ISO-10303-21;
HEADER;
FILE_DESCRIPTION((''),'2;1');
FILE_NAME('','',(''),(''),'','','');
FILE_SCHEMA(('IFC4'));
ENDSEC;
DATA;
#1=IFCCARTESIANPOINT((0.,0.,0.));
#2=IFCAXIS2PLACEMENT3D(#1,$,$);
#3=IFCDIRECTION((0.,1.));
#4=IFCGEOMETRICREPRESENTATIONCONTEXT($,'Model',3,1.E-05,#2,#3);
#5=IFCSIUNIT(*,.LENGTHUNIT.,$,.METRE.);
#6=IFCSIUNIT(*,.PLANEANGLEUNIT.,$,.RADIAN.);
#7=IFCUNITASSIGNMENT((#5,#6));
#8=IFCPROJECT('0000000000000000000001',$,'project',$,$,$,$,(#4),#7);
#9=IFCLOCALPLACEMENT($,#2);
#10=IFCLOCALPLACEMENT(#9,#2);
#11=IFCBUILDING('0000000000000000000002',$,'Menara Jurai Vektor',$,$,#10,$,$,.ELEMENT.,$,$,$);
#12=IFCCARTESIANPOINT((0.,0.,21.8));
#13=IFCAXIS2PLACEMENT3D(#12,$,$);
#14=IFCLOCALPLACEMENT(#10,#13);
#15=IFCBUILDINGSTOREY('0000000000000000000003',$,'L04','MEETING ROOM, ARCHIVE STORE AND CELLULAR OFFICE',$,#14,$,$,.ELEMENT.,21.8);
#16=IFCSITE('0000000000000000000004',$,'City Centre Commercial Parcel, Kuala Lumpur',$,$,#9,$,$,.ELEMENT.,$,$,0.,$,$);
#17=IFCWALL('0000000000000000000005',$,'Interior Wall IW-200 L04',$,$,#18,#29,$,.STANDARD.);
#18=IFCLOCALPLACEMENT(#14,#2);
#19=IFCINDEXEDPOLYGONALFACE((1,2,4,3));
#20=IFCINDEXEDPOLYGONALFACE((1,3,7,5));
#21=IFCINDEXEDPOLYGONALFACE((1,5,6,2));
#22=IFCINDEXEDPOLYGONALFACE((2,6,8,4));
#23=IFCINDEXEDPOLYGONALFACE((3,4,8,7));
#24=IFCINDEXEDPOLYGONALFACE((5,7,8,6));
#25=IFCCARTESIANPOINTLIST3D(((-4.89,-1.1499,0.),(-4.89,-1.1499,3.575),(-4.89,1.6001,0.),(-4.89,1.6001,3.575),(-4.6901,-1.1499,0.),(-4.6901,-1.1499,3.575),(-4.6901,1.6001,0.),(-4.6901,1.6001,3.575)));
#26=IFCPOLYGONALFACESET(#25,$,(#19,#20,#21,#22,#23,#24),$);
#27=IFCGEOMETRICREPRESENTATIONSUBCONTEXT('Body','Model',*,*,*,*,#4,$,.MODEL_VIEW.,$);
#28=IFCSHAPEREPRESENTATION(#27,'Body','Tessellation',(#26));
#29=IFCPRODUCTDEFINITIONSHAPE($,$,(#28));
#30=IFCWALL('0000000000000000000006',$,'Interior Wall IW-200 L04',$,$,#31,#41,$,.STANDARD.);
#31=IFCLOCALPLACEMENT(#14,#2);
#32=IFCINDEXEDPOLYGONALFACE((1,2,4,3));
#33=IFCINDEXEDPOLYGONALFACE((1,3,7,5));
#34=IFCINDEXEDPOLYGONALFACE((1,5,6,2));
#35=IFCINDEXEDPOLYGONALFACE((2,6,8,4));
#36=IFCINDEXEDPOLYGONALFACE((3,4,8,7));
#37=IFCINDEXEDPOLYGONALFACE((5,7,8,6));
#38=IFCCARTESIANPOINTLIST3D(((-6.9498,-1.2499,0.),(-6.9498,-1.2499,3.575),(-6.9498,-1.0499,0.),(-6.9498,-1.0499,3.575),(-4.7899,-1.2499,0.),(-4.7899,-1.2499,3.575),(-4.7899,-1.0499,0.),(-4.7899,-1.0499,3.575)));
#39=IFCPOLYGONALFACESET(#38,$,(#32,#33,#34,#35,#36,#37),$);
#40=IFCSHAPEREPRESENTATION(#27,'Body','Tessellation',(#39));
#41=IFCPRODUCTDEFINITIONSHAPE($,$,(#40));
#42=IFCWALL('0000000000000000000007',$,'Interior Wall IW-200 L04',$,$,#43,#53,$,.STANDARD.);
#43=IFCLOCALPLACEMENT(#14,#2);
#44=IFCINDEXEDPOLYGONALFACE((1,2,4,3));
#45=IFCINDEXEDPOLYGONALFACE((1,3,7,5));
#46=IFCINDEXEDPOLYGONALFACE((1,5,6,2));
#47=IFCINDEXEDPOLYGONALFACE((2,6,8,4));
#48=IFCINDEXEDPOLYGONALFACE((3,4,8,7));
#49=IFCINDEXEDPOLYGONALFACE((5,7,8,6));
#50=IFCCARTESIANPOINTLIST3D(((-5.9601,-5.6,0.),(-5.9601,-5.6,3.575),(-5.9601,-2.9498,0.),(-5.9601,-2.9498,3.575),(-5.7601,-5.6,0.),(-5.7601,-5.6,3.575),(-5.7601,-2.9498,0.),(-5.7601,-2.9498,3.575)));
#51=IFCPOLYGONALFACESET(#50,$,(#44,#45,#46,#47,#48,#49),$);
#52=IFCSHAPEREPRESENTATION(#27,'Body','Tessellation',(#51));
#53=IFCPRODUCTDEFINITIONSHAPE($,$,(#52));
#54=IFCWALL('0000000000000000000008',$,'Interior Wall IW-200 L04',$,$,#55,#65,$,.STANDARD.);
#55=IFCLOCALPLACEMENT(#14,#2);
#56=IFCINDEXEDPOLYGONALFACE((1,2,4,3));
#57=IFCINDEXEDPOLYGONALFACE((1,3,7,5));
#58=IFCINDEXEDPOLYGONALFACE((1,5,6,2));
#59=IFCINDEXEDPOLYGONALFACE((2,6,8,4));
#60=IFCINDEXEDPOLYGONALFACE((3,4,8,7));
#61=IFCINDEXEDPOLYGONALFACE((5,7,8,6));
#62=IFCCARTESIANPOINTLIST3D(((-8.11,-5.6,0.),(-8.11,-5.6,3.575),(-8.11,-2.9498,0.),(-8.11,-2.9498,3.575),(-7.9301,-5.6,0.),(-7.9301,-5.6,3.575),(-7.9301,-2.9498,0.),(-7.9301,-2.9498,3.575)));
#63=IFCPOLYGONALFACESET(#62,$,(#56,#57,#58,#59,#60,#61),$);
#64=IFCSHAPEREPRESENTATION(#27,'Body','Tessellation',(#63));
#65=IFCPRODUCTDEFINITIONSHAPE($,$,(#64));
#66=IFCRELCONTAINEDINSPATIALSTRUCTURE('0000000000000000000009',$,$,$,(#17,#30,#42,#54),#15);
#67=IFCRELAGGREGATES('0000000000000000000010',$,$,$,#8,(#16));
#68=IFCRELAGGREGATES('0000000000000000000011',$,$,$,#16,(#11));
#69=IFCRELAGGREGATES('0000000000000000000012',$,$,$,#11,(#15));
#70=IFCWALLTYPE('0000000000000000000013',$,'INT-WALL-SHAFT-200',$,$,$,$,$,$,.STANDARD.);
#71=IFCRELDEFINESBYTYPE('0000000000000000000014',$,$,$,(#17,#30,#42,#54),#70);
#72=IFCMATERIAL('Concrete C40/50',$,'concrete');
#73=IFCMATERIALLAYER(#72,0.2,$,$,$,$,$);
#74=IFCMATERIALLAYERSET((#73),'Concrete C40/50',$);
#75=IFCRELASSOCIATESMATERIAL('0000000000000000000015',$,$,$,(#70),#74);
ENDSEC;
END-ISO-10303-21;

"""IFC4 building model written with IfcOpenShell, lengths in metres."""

from ifc_helpers import new_model, si_unit, direction, frame, frame_2d, origin, place, context, subcontext, project, spatial, rectangle, extrude, material, layer, layer_set, type_object, element, save


model = new_model("IFC4")

# Units and contexts
model_context = context("Model", 3, precision=1e-05, world=origin(), true_north=direction((0.0, 1.0)))
body_context = subcontext(model_context, "Body", "Model", "MODEL_VIEW")
ifc_project = project(units=[si_unit("LENGTHUNIT", "METRE"), si_unit("PLANEANGLEUNIT", "RADIAN")], contexts=[model_context])

# Site, building, storey
site_placement = place(None, origin())
site = spatial("IfcSite", under=ifc_project, at=site_placement, Name="City Centre Commercial Parcel, Kuala Lumpur", CompositionType="ELEMENT", RefElevation=0.0)
building_placement = place(site_placement, origin())
building = spatial("IfcBuilding", under=site, at=building_placement, Name="Menara Jurai Vektor", CompositionType="ELEMENT")
storey_placement = place(building_placement, frame((0.0, 0.0, 21.8)))
storey = spatial("IfcBuildingStorey", under=building, at=storey_placement, Name="L04", Description="MEETING ROOM, ARCHIVE STORE AND CELLULAR OFFICE", CompositionType="ELEMENT", Elevation=21.8)

# Shared definitions
ifc_material_1 = material(Name="Concrete C40/50", Category="concrete")
ifc_layer_1 = layer(ifc_material_1, 0.2)
ifc_layer_set_1 = layer_set([ifc_layer_1], Name="Concrete C40/50")
wall_type_1 = type_object("IfcWallType", Name="INT-WALL-SHAFT-200", PredefinedType="STANDARD", material=ifc_layer_set_1)

# Walls
for number, where, z_axis, x_axis, name in (
    (1, (-4.79, -1.1499, 0.0), (0.0, 0.0, 1.0), (0.0, 1.0, 0.0), "Interior Wall IW-200 L04"),
):
    element("IfcWall", number, at=place(storey_placement, frame(where, z_axis=z_axis, x_axis=x_axis)), inside=storey, type_object=wall_type_1, Name=name, PredefinedType="STANDARD", context=body_context, shape_type="SweptSolid", body=[
        extrude(rectangle(XDim=2.75, YDim=0.2, at=frame_2d((1.375, 0.0))), origin(), (0.0, 0.0, 1.0), 3.575),
    ])
wall_1_placement = place(storey_placement, frame((-6.95, -1.1499, 0.0), z_axis=(0.0, 0.0, 1.0), x_axis=(1.0, 0.0, 0.0)))
element("IfcWall", 2, at=wall_1_placement, inside=storey, type_object=wall_type_1, Name="Interior Wall IW-200 L04", PredefinedType="STANDARD", context=body_context, shape_type="SweptSolid", body=[
    extrude(rectangle(XDim=2.1599, YDim=0.2, at=frame_2d((1.0801, 0.0))), origin(), (0.0, 0.0, 1.0), 3.575),
])
wall_2_placement = place(storey_placement, frame((-5.8601, -5.6001, 0.0), z_axis=(0.0, 0.0, 1.0), x_axis=(0.0, 1.0, 0.0)))
element("IfcWall", 3, at=wall_2_placement, inside=storey, type_object=wall_type_1, Name="Interior Wall IW-200 L04", PredefinedType="STANDARD", context=body_context, shape_type="SweptSolid", body=[
    extrude(rectangle(XDim=2.6501, YDim=0.2, at=frame_2d((1.3252, 0.0))), origin(), (0.0, 0.0, 1.0), 3.575),
])
wall_3_placement = place(storey_placement, frame((-8.02, -5.6001, 0.0), z_axis=(0.0, 0.0, 1.0), x_axis=(0.0, 1.0, 0.0)))
element("IfcWall", 4, at=wall_3_placement, inside=storey, type_object=wall_type_1, Name="Interior Wall IW-200 L04", PredefinedType="STANDARD", context=body_context, shape_type="SweptSolid", body=[
    extrude(rectangle(XDim=2.6501, YDim=0.1799, at=frame_2d((1.3252, 0.0))), origin(), (0.0, 0.0, 1.0), 3.575),
])

save(model, "model.ifc")
